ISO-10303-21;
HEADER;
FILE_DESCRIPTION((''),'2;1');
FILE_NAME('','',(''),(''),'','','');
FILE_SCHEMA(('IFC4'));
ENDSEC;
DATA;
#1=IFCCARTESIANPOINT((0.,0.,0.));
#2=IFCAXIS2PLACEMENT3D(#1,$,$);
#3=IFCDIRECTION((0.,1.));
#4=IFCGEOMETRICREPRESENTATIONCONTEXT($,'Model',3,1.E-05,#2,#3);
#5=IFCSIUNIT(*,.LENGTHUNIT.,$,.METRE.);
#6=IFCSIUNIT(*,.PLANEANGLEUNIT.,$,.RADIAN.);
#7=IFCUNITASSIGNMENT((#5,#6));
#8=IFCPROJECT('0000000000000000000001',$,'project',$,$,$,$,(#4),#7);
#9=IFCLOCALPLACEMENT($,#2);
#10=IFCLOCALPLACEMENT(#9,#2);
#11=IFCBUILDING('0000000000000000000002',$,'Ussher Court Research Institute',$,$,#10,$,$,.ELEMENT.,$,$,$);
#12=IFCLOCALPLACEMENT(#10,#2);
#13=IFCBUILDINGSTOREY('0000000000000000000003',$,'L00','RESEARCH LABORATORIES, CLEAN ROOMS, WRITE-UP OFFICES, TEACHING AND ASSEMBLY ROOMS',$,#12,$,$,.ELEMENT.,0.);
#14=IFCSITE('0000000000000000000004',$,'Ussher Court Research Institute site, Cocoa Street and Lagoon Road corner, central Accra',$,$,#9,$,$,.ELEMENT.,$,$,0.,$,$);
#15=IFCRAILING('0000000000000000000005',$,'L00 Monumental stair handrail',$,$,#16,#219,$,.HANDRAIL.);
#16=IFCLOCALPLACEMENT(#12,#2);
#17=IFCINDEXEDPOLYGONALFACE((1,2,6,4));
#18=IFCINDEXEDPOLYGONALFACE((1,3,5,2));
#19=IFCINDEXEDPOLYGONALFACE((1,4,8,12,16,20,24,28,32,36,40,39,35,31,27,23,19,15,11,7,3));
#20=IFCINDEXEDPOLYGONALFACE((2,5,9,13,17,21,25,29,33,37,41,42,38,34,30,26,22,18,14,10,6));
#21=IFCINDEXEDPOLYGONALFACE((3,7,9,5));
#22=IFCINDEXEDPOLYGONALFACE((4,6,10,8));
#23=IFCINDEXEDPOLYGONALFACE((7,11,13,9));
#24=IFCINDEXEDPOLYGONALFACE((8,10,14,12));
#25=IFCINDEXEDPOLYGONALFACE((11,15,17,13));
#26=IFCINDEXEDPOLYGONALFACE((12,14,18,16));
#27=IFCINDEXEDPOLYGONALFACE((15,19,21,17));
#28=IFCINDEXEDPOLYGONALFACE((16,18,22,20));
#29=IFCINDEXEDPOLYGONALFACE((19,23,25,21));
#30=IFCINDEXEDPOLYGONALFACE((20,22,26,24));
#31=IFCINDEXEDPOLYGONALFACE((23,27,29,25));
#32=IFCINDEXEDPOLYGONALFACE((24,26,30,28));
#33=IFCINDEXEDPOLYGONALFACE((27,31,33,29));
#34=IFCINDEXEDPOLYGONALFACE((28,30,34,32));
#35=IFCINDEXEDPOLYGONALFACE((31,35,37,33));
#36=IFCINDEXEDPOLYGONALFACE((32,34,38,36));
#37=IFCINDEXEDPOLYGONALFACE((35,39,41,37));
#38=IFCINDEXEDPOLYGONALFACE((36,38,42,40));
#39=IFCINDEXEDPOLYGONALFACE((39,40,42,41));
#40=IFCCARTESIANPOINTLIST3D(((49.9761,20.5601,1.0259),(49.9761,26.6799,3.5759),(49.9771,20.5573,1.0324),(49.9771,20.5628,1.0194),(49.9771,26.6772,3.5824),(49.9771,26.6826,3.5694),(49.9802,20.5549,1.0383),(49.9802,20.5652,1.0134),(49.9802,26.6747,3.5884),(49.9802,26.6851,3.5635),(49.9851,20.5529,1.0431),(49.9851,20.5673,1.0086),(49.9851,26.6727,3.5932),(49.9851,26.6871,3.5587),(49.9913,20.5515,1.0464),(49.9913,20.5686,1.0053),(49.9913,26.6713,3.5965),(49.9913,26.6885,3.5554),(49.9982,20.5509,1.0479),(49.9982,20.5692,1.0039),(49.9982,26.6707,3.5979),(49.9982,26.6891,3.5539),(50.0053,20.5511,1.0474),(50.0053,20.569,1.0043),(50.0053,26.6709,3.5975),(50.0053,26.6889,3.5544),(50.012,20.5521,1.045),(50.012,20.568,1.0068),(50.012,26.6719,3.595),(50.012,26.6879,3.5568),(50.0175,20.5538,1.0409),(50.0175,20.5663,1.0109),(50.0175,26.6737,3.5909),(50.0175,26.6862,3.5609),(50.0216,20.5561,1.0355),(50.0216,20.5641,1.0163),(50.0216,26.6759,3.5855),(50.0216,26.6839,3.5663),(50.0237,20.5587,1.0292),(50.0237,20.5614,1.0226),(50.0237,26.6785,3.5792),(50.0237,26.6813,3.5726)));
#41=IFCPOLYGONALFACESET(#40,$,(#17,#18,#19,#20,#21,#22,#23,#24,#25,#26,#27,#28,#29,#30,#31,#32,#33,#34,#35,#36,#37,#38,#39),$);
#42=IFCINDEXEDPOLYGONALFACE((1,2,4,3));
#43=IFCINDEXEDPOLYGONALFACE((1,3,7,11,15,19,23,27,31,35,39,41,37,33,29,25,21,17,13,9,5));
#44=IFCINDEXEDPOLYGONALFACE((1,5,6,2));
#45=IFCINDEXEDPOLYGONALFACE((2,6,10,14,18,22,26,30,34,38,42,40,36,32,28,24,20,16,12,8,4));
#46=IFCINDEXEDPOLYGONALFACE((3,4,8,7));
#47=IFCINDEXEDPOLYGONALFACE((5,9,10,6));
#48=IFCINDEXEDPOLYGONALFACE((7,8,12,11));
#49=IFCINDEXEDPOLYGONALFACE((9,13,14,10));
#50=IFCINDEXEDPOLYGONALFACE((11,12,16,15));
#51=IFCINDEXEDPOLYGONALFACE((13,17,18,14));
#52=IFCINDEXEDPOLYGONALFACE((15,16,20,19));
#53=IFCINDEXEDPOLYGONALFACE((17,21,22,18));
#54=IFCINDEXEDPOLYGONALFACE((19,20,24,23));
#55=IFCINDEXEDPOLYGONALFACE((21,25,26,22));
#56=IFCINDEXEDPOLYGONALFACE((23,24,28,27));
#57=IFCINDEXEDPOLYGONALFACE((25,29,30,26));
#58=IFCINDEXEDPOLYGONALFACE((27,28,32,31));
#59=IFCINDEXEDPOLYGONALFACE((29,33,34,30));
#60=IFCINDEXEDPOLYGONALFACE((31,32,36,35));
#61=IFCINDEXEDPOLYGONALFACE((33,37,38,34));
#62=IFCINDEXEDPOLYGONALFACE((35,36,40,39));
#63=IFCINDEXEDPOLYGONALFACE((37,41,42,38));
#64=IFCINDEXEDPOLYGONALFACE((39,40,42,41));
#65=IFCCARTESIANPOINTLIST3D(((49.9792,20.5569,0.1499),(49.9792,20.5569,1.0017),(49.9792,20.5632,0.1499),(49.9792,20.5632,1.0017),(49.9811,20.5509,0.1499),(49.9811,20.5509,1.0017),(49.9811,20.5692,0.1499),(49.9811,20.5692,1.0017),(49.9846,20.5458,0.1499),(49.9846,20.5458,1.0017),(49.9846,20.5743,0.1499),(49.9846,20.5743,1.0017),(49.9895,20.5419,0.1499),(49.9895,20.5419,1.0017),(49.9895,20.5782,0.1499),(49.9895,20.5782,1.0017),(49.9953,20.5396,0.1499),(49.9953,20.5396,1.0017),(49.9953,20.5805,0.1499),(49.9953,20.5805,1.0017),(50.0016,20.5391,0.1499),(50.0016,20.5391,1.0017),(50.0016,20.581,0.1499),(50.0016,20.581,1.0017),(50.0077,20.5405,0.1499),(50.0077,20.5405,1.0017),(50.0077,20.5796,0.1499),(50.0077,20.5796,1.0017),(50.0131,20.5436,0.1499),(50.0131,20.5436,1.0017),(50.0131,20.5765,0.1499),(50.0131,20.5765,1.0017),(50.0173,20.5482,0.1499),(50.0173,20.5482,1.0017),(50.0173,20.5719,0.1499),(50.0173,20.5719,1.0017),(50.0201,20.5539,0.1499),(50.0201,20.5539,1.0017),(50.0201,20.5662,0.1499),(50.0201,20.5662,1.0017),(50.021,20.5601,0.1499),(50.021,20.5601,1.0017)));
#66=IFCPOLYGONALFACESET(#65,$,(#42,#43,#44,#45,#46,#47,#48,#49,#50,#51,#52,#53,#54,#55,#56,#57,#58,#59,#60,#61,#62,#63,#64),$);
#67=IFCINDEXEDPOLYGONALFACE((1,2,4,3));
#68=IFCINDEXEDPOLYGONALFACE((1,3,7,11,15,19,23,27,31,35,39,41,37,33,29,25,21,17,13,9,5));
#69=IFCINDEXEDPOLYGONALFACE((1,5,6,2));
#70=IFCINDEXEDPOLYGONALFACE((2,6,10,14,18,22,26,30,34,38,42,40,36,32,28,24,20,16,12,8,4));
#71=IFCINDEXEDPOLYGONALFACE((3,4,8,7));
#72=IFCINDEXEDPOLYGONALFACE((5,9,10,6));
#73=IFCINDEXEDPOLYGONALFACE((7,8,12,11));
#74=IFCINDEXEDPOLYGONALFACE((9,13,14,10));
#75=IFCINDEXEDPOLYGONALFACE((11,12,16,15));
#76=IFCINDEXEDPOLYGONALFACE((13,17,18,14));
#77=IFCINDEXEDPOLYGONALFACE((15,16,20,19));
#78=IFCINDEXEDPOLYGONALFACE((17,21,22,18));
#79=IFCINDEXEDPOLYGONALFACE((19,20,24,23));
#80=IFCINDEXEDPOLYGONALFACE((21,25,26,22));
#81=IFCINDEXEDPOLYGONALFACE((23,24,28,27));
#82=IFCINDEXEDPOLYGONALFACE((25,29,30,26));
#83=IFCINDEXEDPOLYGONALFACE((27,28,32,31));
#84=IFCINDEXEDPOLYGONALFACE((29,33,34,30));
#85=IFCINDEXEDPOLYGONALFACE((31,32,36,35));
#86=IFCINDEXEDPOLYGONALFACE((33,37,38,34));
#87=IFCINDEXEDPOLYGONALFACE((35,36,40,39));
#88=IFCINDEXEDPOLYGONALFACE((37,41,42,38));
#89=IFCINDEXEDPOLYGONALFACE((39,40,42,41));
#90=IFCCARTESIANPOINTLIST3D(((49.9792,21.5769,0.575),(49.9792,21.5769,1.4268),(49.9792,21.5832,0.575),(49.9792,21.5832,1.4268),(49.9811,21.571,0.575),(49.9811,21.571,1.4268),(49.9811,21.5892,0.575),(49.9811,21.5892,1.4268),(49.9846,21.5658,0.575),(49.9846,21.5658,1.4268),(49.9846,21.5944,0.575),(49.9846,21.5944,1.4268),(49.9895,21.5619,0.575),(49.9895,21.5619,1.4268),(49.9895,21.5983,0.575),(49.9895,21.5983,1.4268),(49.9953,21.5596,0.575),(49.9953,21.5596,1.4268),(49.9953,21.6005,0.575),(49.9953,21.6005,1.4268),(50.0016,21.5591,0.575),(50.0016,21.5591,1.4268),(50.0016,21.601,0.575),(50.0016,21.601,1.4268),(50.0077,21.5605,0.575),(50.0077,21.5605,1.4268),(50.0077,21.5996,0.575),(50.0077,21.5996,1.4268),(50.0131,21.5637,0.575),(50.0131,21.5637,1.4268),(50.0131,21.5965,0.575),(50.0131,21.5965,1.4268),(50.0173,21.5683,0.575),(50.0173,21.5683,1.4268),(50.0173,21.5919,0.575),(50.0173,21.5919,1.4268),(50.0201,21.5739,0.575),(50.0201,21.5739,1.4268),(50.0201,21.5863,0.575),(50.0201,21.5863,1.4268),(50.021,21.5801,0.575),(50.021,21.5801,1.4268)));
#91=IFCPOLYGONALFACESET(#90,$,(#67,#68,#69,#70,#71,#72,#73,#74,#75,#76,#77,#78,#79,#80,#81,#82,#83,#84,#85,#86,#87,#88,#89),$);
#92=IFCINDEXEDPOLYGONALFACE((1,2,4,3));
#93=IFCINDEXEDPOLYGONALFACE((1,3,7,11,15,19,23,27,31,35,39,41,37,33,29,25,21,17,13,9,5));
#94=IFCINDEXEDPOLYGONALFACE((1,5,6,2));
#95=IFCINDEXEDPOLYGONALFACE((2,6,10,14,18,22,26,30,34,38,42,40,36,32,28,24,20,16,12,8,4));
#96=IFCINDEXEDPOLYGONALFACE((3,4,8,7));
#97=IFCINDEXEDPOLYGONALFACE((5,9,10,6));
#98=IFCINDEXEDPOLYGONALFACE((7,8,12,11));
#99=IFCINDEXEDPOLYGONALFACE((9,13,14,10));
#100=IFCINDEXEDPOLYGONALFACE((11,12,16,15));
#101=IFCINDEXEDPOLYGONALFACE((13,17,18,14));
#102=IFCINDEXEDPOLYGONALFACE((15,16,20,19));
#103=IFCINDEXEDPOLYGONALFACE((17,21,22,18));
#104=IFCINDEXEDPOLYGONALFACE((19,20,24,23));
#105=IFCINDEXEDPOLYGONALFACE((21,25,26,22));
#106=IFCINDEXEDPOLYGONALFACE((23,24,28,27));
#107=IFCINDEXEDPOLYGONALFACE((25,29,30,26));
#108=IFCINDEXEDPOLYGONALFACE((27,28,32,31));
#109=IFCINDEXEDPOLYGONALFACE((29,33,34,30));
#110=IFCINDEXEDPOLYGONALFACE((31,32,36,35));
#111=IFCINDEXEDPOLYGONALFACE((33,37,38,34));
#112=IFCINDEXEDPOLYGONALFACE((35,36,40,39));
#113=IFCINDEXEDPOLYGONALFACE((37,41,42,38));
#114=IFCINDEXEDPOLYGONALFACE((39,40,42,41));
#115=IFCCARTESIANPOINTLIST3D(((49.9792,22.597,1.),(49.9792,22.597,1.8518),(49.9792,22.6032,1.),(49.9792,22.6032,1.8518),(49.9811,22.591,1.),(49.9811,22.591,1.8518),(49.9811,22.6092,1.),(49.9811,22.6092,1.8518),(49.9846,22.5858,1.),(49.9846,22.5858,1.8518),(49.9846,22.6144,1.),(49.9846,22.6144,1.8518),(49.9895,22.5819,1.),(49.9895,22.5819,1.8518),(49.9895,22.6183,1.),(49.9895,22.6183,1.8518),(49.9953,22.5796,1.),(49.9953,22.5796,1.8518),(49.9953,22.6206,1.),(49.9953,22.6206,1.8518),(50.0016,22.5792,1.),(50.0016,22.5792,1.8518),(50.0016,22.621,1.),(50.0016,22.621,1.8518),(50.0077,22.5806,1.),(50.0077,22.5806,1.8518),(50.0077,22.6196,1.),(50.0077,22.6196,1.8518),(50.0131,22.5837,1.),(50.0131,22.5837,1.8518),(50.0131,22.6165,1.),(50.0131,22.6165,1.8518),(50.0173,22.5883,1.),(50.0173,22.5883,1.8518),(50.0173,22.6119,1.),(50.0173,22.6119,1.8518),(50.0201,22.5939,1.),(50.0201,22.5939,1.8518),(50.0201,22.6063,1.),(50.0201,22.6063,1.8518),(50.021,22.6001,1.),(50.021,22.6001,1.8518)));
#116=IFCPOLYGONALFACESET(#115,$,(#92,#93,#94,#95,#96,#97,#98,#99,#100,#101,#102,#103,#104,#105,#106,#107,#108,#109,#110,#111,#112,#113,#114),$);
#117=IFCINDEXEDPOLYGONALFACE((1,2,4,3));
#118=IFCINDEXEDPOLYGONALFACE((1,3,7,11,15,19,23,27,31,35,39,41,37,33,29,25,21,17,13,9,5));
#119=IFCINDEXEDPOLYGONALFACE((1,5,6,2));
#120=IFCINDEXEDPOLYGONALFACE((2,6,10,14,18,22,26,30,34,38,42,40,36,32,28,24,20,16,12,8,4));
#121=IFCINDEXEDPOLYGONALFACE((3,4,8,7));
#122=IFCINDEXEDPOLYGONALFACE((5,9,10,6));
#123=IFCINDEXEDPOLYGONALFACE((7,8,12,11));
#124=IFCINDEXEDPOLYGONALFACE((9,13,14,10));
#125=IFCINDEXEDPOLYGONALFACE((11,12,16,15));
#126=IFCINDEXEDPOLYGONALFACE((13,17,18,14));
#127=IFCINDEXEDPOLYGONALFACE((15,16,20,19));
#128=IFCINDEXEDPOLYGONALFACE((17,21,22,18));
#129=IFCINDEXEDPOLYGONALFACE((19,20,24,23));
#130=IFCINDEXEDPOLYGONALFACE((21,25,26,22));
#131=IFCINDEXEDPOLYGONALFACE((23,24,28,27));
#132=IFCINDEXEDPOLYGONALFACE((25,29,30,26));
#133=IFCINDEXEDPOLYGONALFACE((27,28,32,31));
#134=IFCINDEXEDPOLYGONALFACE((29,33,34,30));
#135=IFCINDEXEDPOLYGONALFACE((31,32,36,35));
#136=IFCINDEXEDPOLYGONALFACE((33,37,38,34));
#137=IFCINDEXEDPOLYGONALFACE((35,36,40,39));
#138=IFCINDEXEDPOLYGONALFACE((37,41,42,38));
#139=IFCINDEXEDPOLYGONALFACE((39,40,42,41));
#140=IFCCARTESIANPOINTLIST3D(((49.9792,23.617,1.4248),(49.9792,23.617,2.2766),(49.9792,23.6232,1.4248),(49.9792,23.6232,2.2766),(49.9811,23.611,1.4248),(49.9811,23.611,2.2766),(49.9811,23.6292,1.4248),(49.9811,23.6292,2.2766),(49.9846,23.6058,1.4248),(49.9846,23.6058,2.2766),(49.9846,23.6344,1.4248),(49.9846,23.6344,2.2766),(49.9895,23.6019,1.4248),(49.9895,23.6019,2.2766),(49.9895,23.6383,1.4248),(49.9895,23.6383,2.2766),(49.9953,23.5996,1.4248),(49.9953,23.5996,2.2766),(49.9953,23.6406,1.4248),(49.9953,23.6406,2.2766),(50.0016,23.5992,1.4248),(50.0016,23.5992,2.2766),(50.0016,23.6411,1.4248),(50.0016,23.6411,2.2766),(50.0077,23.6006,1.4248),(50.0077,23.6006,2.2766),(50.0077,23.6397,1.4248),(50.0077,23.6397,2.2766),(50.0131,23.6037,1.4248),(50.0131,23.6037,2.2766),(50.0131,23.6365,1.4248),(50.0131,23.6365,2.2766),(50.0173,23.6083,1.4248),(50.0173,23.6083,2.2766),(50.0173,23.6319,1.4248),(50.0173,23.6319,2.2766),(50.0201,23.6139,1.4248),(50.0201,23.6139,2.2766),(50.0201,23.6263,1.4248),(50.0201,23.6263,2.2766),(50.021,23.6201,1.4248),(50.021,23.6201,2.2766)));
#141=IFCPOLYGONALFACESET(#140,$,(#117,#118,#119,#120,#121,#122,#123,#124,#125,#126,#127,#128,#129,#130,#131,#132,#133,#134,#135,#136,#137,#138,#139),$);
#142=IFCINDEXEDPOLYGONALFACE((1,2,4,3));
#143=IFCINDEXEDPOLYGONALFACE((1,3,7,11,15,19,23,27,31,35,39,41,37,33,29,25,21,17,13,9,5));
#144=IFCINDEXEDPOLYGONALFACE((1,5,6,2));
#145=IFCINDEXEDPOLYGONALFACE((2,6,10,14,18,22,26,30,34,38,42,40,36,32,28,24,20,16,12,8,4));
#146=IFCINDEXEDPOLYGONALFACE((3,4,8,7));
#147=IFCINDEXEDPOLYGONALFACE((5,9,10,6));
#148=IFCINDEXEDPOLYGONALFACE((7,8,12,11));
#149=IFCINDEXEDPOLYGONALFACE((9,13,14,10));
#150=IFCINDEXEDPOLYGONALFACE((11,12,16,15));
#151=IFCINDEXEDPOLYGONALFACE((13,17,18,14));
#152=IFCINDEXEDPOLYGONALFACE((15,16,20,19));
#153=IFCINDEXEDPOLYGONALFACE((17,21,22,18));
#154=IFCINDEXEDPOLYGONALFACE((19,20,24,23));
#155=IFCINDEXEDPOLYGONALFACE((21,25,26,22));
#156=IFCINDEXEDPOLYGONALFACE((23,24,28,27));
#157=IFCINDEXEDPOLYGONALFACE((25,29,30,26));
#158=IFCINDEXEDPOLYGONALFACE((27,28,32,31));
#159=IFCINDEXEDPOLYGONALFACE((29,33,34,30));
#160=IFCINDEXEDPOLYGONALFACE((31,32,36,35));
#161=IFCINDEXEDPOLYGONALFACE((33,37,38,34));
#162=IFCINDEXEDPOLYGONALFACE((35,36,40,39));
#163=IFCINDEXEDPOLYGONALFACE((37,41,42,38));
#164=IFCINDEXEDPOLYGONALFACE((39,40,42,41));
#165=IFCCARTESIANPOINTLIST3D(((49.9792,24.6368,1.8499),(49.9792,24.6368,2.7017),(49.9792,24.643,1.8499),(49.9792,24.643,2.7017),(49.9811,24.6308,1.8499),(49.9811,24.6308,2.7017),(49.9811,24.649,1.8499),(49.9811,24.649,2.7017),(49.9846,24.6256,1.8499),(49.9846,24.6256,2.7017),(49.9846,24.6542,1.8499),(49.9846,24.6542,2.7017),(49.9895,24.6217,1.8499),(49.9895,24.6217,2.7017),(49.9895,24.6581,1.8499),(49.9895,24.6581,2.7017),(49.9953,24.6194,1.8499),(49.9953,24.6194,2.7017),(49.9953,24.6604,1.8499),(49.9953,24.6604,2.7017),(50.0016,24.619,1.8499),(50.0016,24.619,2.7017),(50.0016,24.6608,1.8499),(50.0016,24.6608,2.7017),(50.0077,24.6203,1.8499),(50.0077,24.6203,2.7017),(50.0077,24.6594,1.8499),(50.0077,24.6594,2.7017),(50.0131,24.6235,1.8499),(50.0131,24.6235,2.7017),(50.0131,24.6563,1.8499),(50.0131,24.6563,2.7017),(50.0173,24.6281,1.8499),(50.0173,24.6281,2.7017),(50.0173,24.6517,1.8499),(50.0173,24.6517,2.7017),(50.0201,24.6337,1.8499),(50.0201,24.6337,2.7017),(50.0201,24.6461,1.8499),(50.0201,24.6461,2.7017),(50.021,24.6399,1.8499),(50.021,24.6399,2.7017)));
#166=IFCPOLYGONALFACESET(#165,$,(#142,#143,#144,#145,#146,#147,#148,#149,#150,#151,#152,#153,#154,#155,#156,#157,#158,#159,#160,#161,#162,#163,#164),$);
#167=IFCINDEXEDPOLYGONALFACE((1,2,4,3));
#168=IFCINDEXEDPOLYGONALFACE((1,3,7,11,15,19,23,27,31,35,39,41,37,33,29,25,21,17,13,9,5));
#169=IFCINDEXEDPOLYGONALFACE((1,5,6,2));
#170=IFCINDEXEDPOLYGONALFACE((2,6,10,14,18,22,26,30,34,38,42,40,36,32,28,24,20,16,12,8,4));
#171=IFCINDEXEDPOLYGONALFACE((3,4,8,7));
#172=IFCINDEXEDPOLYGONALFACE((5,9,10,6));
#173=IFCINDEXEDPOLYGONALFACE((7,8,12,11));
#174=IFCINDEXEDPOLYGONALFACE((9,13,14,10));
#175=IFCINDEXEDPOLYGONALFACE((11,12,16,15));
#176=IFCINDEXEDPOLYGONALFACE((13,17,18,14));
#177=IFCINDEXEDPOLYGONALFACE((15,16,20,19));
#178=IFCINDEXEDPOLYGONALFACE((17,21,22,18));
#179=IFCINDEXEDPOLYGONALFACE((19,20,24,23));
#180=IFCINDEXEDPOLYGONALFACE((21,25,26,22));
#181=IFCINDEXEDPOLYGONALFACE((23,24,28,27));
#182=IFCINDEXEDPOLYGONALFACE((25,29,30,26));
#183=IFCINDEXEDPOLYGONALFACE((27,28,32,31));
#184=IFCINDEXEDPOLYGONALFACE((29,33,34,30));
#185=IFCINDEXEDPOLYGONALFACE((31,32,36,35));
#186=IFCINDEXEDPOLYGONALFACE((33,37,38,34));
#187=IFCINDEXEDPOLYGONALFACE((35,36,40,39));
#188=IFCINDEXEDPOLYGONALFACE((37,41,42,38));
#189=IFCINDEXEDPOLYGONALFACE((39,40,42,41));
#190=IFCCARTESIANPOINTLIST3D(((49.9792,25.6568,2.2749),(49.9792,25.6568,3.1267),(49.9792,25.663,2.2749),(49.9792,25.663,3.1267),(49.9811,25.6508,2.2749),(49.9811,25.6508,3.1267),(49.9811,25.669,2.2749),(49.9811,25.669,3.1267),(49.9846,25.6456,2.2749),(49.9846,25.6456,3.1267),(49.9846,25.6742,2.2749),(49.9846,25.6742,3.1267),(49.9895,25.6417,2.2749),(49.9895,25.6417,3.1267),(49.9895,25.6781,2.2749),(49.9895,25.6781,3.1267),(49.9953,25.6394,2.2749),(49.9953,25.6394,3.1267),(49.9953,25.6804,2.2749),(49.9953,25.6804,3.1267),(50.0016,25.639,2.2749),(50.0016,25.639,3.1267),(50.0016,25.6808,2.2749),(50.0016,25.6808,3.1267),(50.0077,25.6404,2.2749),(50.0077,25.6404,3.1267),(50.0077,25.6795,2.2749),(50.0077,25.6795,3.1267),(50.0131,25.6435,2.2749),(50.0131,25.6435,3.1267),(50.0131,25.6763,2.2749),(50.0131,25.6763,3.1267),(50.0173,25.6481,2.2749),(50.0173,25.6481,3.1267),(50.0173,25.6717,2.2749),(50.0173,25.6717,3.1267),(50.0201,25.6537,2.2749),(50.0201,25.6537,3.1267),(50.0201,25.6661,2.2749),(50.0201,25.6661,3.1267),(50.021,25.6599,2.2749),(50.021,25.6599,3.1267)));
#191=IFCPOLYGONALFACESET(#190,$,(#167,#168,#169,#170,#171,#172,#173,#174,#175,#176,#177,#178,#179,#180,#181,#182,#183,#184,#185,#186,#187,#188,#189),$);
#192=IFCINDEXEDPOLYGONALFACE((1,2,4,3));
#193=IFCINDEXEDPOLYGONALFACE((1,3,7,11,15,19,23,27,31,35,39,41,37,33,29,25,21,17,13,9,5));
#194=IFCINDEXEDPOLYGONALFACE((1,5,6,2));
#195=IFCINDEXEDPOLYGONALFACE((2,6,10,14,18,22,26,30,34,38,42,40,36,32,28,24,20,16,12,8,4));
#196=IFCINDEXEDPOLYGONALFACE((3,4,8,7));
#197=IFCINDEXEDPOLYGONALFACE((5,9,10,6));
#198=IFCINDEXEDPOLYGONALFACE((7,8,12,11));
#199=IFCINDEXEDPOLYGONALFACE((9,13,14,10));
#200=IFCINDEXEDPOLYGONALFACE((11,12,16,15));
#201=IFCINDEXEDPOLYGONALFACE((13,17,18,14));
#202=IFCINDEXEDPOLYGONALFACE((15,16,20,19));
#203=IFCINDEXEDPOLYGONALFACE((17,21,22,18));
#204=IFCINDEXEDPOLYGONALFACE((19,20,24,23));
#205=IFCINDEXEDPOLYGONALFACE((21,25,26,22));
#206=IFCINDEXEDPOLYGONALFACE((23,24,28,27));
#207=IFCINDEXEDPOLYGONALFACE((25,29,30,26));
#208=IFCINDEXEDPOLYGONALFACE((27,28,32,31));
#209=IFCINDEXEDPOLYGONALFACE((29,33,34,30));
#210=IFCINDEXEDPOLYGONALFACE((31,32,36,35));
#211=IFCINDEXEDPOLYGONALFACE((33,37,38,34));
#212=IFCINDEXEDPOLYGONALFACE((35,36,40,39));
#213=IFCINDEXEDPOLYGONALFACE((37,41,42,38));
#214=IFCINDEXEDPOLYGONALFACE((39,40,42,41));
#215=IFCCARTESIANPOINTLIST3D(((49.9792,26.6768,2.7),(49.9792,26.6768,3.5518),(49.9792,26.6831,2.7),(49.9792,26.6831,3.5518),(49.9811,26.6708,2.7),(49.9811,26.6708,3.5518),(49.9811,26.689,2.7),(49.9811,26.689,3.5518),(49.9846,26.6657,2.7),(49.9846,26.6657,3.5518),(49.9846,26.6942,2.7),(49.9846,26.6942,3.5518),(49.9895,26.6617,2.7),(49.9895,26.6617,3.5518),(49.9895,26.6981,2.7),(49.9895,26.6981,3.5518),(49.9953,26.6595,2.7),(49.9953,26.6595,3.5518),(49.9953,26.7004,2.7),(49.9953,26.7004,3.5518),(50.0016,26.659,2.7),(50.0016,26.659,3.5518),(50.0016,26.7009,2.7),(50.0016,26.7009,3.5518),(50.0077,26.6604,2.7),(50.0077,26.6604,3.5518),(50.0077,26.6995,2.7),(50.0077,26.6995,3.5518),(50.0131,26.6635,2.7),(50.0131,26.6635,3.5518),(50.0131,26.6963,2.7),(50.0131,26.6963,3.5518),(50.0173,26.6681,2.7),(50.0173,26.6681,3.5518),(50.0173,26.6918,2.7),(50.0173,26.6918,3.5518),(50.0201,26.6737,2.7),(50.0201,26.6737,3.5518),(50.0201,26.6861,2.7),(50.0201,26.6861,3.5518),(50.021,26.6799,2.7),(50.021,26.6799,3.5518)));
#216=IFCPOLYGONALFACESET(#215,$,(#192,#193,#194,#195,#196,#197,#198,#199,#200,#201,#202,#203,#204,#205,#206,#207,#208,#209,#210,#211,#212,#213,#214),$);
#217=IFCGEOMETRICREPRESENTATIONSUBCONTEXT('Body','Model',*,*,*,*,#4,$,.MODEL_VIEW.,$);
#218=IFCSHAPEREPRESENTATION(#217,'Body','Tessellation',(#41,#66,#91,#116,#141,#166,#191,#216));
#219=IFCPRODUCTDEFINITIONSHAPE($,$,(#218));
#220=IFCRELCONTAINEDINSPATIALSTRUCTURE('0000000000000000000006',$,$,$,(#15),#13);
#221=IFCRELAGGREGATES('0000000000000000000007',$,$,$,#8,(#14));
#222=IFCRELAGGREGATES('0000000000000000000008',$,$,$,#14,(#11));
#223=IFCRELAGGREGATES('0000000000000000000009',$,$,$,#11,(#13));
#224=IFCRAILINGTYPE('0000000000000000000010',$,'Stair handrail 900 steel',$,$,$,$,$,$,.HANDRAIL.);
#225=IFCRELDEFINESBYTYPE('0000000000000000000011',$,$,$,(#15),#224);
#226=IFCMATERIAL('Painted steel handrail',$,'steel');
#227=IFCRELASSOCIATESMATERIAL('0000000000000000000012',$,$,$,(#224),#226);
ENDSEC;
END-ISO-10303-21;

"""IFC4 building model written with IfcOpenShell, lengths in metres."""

from ifc_helpers import new_model, si_unit, direction, frame, origin, origin_2d, place, context, subcontext, project, spatial, circle, extrude, material, type_object, element, save


model = new_model("IFC4")

# Units and contexts
model_context = context("Model", 3, precision=1e-05, world=origin(), true_north=direction((0.0, 1.0)))
body_context = subcontext(model_context, "Body", "Model", "MODEL_VIEW")
ifc_project = project(units=[si_unit("LENGTHUNIT", "METRE"), si_unit("PLANEANGLEUNIT", "RADIAN")], contexts=[model_context])

# Site, building, storey
site_placement = place(None, origin())
site = spatial("IfcSite", under=ifc_project, at=site_placement, Name="Ussher Court Research Institute site, Cocoa Street and Lagoon Road corner, central Accra", CompositionType="ELEMENT", RefElevation=0.0)
building_placement = place(site_placement, origin())
building = spatial("IfcBuilding", under=site, at=building_placement, Name="Ussher Court Research Institute", CompositionType="ELEMENT")
storey_placement = place(building_placement, origin())
storey = spatial("IfcBuildingStorey", under=building, at=storey_placement, Name="L00", Description="RESEARCH LABORATORIES, CLEAN ROOMS, WRITE-UP OFFICES, TEACHING AND ASSEMBLY ROOMS", CompositionType="ELEMENT", Elevation=0.0)

# Railing
ifc_material_1 = material(Name="Painted steel handrail", Category="steel")
railing_type_1 = type_object("IfcRailingType", Name="Stair handrail 900 steel", PredefinedType="HANDRAIL", material=ifc_material_1)
for number, where, name in (
    (1, (50.0, 20.5601, 0.1499), "L00 Monumental stair handrail"),
):
    element("IfcRailing", number, at=place(storey_placement, frame(where)), inside=storey, type_object=railing_type_1, Name=name, PredefinedType="HANDRAIL", context=body_context, shape_type="SweptSolid", body=[
        extrude(circle(Radius=0.0239, at=origin_2d()), frame((0.0, 0.0, 0.876), z_axis=(0.0, 0.923071, 0.384628), x_axis=(-1.0, 0.0, 0.0)), (0.0, 0.0, 1.0), 6.6299),
        extrude(circle(Radius=0.021, at=origin_2d()), origin(), (0.0, 0.0, 1.0), 0.8518),
        extrude(circle(Radius=0.021, at=origin_2d()), frame((0.0, 1.02, 0.425)), (0.0, 0.0, 1.0), 0.8518),
        extrude(circle(Radius=0.021, at=origin_2d()), frame((0.0, 2.04, 0.8501)), (0.0, 0.0, 1.0), 0.8518),
        extrude(circle(Radius=0.021, at=origin_2d()), frame((0.0, 3.0601, 1.2749)), (0.0, 0.0, 1.0), 0.8518),
        extrude(circle(Radius=0.021, at=origin_2d()), frame((0.0, 4.0798, 1.7)), (0.0, 0.0, 1.0), 0.8518),
        extrude(circle(Radius=0.021, at=origin_2d()), frame((0.0, 5.0999, 2.125)), (0.0, 0.0, 1.0), 0.8518),
        extrude(circle(Radius=0.021, at=origin_2d()), frame((0.0, 6.1199, 2.55)), (0.0, 0.0, 1.0), 0.8518),
    ])

save(model, "model.ifc")
